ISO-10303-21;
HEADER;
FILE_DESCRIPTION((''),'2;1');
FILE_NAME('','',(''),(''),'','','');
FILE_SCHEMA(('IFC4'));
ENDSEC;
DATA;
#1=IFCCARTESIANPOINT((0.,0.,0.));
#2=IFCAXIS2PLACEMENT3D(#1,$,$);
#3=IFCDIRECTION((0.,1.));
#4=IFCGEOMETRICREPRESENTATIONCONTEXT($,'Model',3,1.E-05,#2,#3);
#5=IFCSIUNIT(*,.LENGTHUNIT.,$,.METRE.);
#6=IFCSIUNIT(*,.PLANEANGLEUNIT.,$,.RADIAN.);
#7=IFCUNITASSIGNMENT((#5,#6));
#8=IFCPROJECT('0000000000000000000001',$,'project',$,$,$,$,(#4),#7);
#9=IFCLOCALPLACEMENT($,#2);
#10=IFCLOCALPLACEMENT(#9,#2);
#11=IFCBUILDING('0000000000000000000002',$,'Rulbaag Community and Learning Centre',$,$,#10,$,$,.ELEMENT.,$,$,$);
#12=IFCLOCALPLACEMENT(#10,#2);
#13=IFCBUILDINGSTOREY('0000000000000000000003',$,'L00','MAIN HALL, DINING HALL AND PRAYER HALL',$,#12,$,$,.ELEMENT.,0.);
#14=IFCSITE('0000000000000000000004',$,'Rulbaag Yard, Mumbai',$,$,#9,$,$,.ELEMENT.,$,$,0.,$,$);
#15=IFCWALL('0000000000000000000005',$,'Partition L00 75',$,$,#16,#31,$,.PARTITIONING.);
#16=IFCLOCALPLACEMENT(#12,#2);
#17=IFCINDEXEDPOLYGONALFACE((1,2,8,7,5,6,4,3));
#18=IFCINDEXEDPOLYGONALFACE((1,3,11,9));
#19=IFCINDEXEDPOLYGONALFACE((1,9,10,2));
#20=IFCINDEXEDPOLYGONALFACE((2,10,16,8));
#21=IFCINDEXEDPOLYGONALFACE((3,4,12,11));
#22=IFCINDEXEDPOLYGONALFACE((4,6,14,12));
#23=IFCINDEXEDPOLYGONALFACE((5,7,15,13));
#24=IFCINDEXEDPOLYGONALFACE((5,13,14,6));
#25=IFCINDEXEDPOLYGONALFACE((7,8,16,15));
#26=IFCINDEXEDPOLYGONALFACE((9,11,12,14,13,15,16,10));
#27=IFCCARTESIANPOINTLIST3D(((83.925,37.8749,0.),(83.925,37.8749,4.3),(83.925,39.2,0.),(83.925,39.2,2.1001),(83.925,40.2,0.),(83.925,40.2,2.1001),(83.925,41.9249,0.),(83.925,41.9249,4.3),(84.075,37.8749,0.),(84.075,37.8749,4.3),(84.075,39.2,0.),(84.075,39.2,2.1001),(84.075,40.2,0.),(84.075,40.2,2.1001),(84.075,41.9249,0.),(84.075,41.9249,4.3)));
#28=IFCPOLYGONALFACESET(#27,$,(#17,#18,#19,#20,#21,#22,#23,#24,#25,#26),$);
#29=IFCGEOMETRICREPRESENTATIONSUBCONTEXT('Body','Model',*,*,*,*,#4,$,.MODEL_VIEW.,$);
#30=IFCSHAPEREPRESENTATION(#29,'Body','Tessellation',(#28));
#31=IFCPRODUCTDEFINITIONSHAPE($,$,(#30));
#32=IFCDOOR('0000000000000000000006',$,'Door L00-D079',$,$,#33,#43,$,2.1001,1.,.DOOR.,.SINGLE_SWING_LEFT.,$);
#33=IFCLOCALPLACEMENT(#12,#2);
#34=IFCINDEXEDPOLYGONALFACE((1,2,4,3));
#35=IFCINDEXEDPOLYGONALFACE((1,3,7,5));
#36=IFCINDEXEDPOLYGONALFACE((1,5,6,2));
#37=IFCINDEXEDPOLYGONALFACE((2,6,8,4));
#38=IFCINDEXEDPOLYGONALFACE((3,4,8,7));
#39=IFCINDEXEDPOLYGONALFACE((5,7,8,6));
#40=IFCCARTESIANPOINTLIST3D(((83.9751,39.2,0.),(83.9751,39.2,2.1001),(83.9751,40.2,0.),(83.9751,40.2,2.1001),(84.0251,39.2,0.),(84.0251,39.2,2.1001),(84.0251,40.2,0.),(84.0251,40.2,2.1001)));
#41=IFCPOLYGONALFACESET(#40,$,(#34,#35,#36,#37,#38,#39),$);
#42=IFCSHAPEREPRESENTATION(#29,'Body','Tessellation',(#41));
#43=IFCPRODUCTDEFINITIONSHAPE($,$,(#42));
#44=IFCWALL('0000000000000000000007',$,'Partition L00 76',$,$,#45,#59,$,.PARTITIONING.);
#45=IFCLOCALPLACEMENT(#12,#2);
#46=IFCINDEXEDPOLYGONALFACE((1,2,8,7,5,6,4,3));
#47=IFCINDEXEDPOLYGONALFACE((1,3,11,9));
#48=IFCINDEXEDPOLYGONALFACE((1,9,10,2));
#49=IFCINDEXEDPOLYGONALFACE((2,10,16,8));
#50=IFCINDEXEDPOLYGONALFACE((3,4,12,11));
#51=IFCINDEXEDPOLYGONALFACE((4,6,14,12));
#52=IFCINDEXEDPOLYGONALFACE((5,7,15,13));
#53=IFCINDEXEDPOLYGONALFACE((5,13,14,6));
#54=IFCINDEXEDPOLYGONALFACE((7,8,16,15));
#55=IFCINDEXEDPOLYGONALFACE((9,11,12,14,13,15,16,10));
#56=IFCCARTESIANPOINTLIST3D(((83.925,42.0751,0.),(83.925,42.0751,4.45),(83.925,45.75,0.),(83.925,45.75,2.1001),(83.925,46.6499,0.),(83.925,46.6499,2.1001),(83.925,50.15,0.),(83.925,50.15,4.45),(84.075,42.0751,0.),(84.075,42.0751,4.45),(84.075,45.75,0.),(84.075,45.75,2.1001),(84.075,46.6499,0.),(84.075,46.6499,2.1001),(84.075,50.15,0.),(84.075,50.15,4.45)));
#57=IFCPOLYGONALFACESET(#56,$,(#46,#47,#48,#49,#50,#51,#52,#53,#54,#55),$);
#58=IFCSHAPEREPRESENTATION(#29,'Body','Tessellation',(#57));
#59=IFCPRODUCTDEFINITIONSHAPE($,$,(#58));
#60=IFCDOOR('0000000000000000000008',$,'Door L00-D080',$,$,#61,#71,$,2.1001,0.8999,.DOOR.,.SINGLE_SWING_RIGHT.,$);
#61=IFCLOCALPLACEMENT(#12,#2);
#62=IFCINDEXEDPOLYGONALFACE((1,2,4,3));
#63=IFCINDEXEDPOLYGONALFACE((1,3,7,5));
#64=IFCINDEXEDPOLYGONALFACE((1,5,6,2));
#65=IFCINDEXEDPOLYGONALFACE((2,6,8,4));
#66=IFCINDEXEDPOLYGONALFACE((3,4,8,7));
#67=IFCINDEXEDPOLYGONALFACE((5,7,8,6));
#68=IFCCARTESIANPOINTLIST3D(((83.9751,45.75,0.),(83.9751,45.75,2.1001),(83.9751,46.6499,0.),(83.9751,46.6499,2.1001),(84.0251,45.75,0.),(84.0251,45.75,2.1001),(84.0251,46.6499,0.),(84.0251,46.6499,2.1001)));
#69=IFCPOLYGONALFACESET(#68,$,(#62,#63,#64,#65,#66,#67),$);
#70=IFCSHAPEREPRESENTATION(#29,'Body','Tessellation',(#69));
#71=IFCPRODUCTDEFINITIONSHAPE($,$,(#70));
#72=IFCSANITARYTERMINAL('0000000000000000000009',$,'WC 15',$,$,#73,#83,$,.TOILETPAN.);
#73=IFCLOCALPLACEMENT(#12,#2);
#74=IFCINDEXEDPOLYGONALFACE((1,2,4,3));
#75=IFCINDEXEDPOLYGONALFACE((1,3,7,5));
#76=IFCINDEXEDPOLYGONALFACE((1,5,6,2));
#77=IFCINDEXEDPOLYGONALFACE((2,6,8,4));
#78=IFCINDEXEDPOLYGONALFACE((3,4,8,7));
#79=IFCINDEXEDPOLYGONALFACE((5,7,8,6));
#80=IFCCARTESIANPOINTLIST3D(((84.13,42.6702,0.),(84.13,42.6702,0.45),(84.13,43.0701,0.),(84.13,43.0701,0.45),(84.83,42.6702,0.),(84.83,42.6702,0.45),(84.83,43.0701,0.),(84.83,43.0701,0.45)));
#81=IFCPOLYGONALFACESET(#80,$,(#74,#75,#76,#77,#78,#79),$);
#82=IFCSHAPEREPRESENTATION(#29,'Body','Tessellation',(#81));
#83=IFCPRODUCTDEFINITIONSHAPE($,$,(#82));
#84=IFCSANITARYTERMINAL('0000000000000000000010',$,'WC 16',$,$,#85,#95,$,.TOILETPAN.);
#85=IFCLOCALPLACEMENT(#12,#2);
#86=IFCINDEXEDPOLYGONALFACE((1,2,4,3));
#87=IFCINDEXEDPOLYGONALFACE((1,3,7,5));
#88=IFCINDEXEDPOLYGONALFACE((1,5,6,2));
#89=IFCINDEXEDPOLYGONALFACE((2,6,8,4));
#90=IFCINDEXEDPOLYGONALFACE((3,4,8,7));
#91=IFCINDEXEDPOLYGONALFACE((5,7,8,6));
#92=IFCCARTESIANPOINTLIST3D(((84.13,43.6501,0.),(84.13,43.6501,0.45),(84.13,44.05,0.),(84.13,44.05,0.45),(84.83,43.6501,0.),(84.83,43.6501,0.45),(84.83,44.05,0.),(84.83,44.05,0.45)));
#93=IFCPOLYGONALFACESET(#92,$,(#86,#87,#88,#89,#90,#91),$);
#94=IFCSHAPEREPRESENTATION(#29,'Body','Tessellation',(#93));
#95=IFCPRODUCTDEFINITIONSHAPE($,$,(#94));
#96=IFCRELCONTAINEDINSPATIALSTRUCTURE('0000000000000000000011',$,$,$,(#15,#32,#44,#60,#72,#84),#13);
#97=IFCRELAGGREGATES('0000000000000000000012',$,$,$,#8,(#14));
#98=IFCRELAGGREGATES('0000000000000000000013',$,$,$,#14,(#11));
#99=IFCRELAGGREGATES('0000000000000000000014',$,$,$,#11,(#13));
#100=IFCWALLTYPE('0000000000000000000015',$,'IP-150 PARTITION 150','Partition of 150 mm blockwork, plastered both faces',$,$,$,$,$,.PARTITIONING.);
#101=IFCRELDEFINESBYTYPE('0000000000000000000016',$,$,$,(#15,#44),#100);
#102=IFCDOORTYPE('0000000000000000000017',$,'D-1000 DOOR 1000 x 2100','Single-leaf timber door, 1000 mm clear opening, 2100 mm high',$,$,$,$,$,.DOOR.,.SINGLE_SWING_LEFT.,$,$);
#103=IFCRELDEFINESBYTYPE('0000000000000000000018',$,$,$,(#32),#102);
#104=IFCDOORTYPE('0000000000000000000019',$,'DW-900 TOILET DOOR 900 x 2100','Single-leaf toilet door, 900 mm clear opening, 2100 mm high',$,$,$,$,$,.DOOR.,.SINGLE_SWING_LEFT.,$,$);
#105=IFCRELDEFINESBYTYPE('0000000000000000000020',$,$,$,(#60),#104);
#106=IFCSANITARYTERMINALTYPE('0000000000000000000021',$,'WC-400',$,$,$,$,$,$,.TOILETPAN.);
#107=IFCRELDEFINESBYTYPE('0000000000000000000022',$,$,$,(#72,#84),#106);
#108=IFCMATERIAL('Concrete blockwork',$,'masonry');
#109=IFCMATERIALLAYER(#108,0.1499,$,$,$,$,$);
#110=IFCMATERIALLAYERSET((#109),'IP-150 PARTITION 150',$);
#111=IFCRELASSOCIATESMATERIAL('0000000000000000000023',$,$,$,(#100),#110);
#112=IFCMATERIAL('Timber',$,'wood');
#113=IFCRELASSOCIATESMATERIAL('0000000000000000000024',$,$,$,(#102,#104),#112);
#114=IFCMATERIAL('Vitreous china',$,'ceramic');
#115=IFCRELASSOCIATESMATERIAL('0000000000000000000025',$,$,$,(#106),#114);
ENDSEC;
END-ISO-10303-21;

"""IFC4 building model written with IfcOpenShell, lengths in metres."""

from ifc_helpers import new_model, si_unit, direction, frame, frame_2d, origin, origin_2d, place, context, subcontext, project, spatial, rectangle, extrude, material, layer, layer_set, type_object, element, fill, save


model = new_model("IFC4")

# Units and contexts
model_context = context("Model", 3, precision=1e-05, world=origin(), true_north=direction((0.0, 1.0)))
body_context = subcontext(model_context, "Body", "Model", "MODEL_VIEW")
ifc_project = project(units=[si_unit("LENGTHUNIT", "METRE"), si_unit("PLANEANGLEUNIT", "RADIAN")], contexts=[model_context])

# Site, building, storey
site_placement = place(None, origin())
site = spatial("IfcSite", under=ifc_project, at=site_placement, Name="Rulbaag Yard, Mumbai", CompositionType="ELEMENT", RefElevation=0.0)
building_placement = place(site_placement, origin())
building = spatial("IfcBuilding", under=site, at=building_placement, Name="Rulbaag Community and Learning Centre", CompositionType="ELEMENT")
storey_placement = place(building_placement, origin())
storey = spatial("IfcBuildingStorey", under=building, at=storey_placement, Name="L00", Description="MAIN HALL, DINING HALL AND PRAYER HALL", CompositionType="ELEMENT", Elevation=0.0)

# Shared definitions
ifc_material_1 = material(Name="Concrete blockwork", Category="masonry")
ifc_layer_1 = layer(ifc_material_1, 0.1499)
ifc_layer_set_1 = layer_set([ifc_layer_1], Name="IP-150 PARTITION 150")
wall_type_1 = type_object("IfcWallType", Name="IP-150 PARTITION 150", Description="Partition of 150 mm blockwork, plastered both faces", PredefinedType="PARTITIONING", material=ifc_layer_set_1)

# Walls, openings, doors
wall_1_placement = place(storey_placement, frame((84.0, 37.875, 0.0), z_axis=(0.0, 0.0, 1.0), x_axis=(0.0, 1.0, 0.0)))
wall_1 = element("IfcWall", 1, at=wall_1_placement, inside=storey, type_object=wall_type_1, Name="Partition L00 75", PredefinedType="PARTITIONING", context=body_context, shape_type="SweptSolid", body=[
    extrude(rectangle(XDim=4.05, YDim=0.1499, at=frame_2d((2.0249, 0.0))), origin(), (0.0, 0.0, 1.0), 4.3),
])
opening_1_placement = place(wall_1_placement, frame((1.325, 0.0, 0.0)))
opening_1 = element("IfcOpeningElement", 2, at=opening_1_placement, cuts=wall_1, PredefinedType="OPENING", context=body_context, shape_type="SweptSolid", body=[
    extrude(rectangle(XDim=1.0, YDim=2.1001, at=frame_2d((0.5, 1.05))), frame((0.0, 0.085, 0.0), z_axis=(0.0, -1.0, 0.0), x_axis=(1.0, 0.0, 0.0)), (0.0, 0.0, 1.0), 0.1699),
])
ifc_material_2 = material(Name="Timber", Category="wood")
door_type_1 = type_object("IfcDoorType", Name="D-1000 DOOR 1000 x 2100", Description="Single-leaf timber door, 1000 mm clear opening, 2100 mm high", OperationType="SINGLE_SWING_LEFT", PredefinedType="DOOR", material=ifc_material_2)
door_1_placement = place(opening_1_placement, origin())
door_1 = element("IfcDoor", 3, at=door_1_placement, inside=storey, type_object=door_type_1, Name="Door L00-D079", OperationType="SINGLE_SWING_LEFT", OverallHeight=2.1001, OverallWidth=1.0, PredefinedType="DOOR", context=body_context, shape_type="SweptSolid", body=[
    extrude(rectangle(XDim=1.0, YDim=2.1001, at=frame_2d((0.5, 1.05))), frame((0.0, 0.0249, 0.0), z_axis=(0.0, -1.0, 0.0), x_axis=(1.0, 0.0, 0.0)), (0.0, 0.0, 1.0), 0.05),
])
fill(opening_1, door_1)
wall_2_placement = place(storey_placement, frame((84.0, 42.075, 0.0), z_axis=(0.0, 0.0, 1.0), x_axis=(0.0, 1.0, 0.0)))
wall_2 = element("IfcWall", 4, at=wall_2_placement, inside=storey, type_object=wall_type_1, Name="Partition L00 76", PredefinedType="PARTITIONING", context=body_context, shape_type="SweptSolid", body=[
    extrude(rectangle(XDim=8.075, YDim=0.1499, at=frame_2d((4.0376, 0.0))), origin(), (0.0, 0.0, 1.0), 4.45),
])
opening_2_placement = place(wall_2_placement, frame((3.675, 0.0, 0.0)))
opening_2 = element("IfcOpeningElement", 5, at=opening_2_placement, cuts=wall_2, PredefinedType="OPENING", context=body_context, shape_type="SweptSolid", body=[
    extrude(rectangle(XDim=0.8999, YDim=2.1001, at=frame_2d((0.45, 1.05))), frame((0.0, 0.085, 0.0), z_axis=(0.0, -1.0, 0.0), x_axis=(1.0, 0.0, 0.0)), (0.0, 0.0, 1.0), 0.1699),
])
door_type_2 = type_object("IfcDoorType", Name="DW-900 TOILET DOOR 900 x 2100", Description="Single-leaf toilet door, 900 mm clear opening, 2100 mm high", OperationType="SINGLE_SWING_LEFT", PredefinedType="DOOR", material=ifc_material_2)
door_2_placement = place(opening_2_placement, origin())
door_2 = element("IfcDoor", 6, at=door_2_placement, inside=storey, type_object=door_type_2, Name="Door L00-D080", OperationType="SINGLE_SWING_RIGHT", OverallHeight=2.1001, OverallWidth=0.8999, PredefinedType="DOOR", context=body_context, shape_type="SweptSolid", body=[
    extrude(rectangle(XDim=0.8999, YDim=2.1001, at=frame_2d((0.45, 1.05))), frame((0.0, 0.0249, 0.0), z_axis=(0.0, -1.0, 0.0), x_axis=(1.0, 0.0, 0.0)), (0.0, 0.0, 1.0), 0.05),
])
fill(opening_2, door_2)

# Sanitary terminals
ifc_material_3 = material(Name="Vitreous china", Category="ceramic")
sanitary_terminal_type = type_object("IfcSanitaryTerminalType", Name="WC-400", PredefinedType="TOILETPAN", material=ifc_material_3)
for number, where, z_axis, x_axis, name in (
    (7, (84.48, 42.8701, 0.0), (0.0, 0.0, 1.0), (1.0, 0.0, 0.0), "WC 15"),
    (8, (84.48, 43.8501, 0.0), (0.0, 0.0, 1.0), (1.0, 0.0, 0.0), "WC 16"),
):
    element("IfcSanitaryTerminal", number, at=place(storey_placement, frame(where, z_axis=z_axis, x_axis=x_axis)), inside=storey, type_object=sanitary_terminal_type, Name=name, PredefinedType="TOILETPAN", context=body_context, shape_type="SweptSolid", body=[
        extrude(rectangle(XDim=0.7, YDim=0.3999, at=origin_2d()), origin(), (0.0, 0.0, 1.0), 0.45),
    ])

save(model, "model.ifc")
